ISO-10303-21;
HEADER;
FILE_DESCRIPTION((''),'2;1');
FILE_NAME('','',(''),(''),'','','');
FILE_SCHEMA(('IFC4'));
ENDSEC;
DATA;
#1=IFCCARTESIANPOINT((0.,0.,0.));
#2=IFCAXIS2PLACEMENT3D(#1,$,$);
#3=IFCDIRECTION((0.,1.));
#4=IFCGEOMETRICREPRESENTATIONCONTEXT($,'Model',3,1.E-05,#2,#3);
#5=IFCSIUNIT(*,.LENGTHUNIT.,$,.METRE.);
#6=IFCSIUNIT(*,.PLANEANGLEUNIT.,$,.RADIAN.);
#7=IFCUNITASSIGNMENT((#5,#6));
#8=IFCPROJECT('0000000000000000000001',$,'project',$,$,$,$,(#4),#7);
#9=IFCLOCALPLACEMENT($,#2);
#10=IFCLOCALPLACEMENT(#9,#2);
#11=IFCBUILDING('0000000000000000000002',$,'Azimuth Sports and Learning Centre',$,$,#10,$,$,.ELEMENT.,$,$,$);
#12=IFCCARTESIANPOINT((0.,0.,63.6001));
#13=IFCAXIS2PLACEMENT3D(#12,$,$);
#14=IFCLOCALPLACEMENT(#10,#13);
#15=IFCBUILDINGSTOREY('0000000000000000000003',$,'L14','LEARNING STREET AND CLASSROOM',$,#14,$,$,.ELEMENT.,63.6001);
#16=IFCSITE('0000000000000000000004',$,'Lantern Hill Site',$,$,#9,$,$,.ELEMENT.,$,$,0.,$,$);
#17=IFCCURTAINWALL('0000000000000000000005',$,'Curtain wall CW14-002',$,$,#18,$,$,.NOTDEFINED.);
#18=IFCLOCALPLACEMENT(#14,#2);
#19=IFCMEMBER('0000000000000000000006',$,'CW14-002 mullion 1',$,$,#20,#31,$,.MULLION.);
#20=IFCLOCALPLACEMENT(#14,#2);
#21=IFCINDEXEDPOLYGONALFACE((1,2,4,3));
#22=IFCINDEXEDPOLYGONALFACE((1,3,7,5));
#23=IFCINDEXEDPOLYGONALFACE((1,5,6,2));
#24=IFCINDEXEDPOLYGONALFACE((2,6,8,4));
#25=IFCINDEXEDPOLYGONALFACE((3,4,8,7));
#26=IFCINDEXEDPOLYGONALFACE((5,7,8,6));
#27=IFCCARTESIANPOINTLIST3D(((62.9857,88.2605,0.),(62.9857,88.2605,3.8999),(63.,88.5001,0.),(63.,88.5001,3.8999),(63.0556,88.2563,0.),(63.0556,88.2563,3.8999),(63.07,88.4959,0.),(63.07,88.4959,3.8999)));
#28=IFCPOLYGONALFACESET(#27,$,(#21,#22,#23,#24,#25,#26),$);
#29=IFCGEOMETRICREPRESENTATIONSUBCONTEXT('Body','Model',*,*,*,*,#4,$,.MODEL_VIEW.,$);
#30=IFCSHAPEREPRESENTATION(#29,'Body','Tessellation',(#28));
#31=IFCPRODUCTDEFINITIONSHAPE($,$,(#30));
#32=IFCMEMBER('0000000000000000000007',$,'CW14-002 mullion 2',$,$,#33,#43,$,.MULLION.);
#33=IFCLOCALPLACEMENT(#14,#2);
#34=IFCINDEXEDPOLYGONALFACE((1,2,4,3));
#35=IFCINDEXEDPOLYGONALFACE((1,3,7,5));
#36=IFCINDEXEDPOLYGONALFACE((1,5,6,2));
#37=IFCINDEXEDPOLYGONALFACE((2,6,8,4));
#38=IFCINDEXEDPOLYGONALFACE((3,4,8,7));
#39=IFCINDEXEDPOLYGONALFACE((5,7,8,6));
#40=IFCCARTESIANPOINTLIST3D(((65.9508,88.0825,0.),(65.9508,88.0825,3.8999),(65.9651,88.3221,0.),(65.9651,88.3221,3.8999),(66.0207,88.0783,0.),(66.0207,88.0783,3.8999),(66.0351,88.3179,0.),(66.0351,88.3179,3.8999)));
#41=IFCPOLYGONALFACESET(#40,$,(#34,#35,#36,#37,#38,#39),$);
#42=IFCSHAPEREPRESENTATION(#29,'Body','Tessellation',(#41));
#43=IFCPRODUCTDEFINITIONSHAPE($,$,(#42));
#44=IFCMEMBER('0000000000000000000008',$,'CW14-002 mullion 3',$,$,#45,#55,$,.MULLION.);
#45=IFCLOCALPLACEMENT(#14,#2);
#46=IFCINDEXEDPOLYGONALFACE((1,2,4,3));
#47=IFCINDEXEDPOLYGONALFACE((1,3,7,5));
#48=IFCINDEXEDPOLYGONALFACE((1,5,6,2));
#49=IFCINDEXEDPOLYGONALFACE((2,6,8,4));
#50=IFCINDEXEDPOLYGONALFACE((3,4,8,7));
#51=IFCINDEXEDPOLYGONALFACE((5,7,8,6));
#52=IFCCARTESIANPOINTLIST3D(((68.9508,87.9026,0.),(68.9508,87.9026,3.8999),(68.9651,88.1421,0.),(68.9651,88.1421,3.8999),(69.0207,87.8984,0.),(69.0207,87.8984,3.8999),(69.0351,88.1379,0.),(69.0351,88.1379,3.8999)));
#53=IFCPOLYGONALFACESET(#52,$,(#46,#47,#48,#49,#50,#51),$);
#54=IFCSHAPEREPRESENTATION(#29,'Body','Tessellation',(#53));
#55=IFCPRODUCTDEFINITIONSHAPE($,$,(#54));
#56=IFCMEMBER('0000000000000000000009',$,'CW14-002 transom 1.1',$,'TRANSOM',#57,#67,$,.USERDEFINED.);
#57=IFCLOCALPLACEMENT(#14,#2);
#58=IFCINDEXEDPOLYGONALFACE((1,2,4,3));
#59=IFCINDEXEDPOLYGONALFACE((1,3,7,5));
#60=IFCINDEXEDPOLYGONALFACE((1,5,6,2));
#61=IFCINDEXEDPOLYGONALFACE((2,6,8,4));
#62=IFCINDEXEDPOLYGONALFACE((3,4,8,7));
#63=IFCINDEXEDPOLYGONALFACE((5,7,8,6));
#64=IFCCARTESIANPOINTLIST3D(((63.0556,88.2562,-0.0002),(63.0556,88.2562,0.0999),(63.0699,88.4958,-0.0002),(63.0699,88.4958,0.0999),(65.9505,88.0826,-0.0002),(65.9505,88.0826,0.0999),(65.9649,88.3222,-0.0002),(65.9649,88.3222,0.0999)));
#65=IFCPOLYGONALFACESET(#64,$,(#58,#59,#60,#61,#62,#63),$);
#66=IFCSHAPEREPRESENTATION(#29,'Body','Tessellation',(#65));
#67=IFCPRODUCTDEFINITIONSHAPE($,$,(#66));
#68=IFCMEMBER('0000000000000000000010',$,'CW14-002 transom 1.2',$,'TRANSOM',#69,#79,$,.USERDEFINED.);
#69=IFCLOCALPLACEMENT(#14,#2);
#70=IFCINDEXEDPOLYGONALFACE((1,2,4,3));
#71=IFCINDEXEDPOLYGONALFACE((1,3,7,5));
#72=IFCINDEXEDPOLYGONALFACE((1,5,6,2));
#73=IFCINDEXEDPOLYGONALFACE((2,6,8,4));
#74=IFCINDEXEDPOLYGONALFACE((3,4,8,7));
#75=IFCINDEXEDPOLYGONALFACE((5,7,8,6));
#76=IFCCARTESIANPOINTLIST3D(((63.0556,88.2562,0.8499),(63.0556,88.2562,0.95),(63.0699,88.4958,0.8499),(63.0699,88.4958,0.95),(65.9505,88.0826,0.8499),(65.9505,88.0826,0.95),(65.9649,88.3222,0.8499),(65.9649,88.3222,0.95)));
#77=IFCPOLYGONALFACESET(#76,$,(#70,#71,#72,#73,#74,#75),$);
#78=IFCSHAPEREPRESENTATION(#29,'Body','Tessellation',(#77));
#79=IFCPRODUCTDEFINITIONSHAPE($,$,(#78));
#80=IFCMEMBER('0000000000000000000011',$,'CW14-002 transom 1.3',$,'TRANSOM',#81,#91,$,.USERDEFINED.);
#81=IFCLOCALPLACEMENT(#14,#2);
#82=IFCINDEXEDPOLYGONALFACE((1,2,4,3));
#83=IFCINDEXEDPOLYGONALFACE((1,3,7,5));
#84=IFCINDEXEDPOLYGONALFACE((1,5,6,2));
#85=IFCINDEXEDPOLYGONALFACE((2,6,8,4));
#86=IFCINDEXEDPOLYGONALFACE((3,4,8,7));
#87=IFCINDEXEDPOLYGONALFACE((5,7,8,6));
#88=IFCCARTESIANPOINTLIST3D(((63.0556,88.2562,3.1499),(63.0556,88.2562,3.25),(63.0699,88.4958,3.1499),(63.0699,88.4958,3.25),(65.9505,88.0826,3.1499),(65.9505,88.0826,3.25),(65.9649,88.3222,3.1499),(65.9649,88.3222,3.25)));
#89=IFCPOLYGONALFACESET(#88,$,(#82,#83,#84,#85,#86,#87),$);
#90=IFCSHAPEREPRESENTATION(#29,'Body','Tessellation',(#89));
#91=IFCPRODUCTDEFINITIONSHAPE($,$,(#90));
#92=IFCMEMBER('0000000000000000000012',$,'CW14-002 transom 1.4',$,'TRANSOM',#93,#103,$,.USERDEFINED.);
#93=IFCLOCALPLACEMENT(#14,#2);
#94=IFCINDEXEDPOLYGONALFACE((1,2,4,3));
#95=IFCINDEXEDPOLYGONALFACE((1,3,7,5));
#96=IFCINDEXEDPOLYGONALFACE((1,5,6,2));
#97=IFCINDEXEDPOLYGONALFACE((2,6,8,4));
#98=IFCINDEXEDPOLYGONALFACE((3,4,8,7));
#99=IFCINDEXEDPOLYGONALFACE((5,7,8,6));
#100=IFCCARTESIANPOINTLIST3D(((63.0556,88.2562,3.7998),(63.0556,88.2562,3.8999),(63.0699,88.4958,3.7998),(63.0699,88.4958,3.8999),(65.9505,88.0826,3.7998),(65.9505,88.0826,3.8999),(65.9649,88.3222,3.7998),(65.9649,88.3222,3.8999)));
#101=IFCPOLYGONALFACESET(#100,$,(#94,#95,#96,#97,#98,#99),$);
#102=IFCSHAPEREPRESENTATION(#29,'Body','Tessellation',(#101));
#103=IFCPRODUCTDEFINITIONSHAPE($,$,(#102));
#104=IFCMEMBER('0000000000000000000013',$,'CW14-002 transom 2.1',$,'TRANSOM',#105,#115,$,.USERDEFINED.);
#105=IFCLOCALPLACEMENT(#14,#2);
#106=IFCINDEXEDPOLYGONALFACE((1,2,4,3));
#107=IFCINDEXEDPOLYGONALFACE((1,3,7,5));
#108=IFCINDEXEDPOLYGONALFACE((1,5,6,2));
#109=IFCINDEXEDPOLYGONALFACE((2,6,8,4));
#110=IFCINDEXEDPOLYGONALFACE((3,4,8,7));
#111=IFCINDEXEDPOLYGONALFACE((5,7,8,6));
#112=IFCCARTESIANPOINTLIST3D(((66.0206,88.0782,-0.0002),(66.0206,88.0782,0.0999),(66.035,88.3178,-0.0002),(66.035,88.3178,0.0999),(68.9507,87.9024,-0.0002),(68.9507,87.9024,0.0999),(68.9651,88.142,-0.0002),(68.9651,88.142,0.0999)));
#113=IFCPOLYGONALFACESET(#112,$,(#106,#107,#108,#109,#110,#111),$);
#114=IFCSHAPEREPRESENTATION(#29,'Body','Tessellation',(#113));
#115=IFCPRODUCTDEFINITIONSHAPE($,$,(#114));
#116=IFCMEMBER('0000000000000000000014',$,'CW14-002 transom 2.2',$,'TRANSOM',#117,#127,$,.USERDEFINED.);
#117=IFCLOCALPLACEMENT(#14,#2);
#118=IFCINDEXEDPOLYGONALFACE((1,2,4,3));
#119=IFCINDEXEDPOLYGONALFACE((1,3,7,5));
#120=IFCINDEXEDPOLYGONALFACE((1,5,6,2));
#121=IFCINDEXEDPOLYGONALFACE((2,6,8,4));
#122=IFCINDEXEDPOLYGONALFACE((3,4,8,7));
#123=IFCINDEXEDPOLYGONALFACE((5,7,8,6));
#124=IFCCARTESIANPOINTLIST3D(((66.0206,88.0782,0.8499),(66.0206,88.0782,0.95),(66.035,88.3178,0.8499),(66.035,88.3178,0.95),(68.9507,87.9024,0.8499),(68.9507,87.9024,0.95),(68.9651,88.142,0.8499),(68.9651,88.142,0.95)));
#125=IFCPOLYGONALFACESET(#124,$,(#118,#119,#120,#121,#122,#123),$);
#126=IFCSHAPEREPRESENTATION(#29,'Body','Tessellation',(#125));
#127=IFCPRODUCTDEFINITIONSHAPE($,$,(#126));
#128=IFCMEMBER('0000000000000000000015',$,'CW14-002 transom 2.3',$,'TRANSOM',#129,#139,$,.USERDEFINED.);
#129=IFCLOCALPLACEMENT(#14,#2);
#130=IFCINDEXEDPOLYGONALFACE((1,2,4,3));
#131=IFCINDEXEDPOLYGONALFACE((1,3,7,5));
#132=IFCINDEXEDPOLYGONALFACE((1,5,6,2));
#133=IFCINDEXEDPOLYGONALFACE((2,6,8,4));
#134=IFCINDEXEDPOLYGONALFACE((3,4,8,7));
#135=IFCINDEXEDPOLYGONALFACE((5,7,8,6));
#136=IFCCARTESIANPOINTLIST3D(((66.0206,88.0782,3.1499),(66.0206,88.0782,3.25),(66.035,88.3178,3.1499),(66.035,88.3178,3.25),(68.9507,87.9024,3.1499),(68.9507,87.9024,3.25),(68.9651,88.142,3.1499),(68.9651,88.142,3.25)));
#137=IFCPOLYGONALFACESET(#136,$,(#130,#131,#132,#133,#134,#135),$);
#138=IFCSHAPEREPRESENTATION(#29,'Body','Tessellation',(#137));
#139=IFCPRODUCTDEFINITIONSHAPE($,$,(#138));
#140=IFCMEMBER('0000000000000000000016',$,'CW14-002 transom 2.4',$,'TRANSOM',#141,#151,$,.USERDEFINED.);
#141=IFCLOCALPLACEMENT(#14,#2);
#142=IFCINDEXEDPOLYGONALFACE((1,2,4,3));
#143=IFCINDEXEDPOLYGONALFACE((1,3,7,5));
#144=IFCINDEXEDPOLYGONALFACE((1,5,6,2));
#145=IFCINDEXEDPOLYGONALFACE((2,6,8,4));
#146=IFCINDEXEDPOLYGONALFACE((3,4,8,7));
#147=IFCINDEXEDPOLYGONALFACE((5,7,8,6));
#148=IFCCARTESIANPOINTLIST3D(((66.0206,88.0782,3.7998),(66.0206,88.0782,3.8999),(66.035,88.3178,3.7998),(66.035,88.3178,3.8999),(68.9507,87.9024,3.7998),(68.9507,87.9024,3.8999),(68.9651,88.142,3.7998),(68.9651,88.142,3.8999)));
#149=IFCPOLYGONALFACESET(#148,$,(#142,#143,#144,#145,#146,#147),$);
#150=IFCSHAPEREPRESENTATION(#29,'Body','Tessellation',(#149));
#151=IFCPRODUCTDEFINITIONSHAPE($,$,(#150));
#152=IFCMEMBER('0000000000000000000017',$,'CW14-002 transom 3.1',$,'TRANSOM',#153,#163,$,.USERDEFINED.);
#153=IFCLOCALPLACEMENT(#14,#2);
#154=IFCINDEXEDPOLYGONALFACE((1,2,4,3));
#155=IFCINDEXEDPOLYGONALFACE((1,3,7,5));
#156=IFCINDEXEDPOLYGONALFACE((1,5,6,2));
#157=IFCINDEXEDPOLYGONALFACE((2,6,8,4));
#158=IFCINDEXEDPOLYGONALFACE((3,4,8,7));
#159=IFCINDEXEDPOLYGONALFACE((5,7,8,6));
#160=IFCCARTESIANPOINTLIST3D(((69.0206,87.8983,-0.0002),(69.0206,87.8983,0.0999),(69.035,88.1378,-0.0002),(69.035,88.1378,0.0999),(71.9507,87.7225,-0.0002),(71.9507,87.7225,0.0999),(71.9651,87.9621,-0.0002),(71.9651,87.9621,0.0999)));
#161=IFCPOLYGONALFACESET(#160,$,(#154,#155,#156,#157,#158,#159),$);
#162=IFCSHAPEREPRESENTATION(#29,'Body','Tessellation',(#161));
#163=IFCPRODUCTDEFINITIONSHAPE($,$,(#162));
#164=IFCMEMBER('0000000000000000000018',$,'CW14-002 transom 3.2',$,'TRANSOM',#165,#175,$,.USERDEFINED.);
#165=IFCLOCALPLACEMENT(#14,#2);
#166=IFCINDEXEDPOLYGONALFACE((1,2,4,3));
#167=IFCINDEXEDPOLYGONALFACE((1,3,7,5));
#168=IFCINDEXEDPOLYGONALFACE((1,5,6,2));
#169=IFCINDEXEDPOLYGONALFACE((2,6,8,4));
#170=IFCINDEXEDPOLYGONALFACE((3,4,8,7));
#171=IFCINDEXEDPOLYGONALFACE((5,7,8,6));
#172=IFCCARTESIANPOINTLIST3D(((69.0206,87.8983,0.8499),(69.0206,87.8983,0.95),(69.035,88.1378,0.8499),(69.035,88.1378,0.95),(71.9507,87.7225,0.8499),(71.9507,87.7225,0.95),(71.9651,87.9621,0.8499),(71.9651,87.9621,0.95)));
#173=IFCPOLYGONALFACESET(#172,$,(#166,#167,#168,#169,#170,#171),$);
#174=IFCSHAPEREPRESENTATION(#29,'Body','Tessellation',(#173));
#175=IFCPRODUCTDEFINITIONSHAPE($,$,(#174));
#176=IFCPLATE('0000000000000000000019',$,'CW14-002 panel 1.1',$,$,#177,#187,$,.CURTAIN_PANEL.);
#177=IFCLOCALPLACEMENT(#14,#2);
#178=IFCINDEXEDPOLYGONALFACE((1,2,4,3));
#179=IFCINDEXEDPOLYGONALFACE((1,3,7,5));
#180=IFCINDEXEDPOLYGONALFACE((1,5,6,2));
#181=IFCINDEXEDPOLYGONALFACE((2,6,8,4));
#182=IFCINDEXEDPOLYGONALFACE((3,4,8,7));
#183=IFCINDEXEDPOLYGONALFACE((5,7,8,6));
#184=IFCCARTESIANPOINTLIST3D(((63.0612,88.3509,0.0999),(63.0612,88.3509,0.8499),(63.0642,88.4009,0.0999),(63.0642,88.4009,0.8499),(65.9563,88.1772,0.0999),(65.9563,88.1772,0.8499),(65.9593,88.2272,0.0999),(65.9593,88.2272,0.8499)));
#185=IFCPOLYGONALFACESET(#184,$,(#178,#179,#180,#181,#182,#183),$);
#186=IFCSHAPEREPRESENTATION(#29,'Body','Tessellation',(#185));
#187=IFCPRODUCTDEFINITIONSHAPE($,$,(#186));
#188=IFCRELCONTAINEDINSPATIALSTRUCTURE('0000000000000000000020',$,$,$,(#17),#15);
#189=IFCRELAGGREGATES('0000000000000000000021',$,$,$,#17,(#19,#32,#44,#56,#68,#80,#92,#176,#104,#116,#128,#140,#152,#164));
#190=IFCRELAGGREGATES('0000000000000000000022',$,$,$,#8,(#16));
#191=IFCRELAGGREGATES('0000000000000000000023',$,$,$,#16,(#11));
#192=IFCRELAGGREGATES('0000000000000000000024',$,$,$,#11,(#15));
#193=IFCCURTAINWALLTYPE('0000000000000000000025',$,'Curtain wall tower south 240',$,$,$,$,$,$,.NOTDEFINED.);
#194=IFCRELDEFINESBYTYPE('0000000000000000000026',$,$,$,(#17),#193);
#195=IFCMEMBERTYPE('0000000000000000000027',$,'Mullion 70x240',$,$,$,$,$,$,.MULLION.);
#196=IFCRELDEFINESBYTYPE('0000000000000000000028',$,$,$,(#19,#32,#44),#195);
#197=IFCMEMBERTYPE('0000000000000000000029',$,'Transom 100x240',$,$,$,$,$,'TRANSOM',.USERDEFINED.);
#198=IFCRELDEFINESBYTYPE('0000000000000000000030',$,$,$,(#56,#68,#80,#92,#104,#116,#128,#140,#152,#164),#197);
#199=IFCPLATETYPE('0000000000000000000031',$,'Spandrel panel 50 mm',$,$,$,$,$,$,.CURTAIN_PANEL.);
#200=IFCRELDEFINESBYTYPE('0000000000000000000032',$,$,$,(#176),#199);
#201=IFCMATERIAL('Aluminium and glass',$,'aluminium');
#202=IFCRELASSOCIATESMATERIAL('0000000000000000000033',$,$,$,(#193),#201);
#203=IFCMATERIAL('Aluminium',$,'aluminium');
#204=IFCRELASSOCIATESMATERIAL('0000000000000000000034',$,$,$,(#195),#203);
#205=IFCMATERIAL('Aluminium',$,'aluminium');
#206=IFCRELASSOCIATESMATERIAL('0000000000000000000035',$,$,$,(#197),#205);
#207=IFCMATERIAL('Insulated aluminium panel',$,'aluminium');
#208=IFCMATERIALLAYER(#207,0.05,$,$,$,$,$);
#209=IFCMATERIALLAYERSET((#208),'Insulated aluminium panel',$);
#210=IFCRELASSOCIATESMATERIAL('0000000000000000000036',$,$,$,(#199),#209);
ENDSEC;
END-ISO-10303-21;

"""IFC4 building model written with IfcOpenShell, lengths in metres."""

from ifc_helpers import new_model, si_unit, direction, frame, origin, origin_2d, place, context, subcontext, project, spatial, rectangle, extrude, material, layer, layer_set, material_profile, profile_set, type_object, element, aggregate, save


model = new_model("IFC4")

# Units and contexts
model_context = context("Model", 3, precision=1e-05, world=origin(), true_north=direction((0.0, 1.0)))
body_context = subcontext(model_context, "Body", "Model", "MODEL_VIEW")
ifc_project = project(units=[si_unit("LENGTHUNIT", "METRE"), si_unit("PLANEANGLEUNIT", "RADIAN")], contexts=[model_context])

# Site, building, storey
site_placement = place(None, origin())
site = spatial("IfcSite", under=ifc_project, at=site_placement, Name="Lantern Hill Site", CompositionType="ELEMENT", RefElevation=0.0)
building_placement = place(site_placement, origin())
building = spatial("IfcBuilding", under=site, at=building_placement, Name="Azimuth Sports and Learning Centre", CompositionType="ELEMENT")
storey_placement = place(building_placement, frame((0.0, 0.0, 63.6001)))
storey = spatial("IfcBuildingStorey", under=building, at=storey_placement, Name="L14", Description="LEARNING STREET AND CLASSROOM", CompositionType="ELEMENT", Elevation=63.6001)

# Curtain wall, members, plate
ifc_material_1 = material(Name="Aluminium and glass", Category="aluminium")
curtain_wall_type = type_object("IfcCurtainWallType", Name="Curtain wall tower south 240", PredefinedType="NOTDEFINED", material=ifc_material_1)
curtain_wall_placement = place(storey_placement, origin())
curtain_wall = element("IfcCurtainWall", 1, at=curtain_wall_placement, inside=storey, type_object=curtain_wall_type, Name="Curtain wall CW14-002", PredefinedType="NOTDEFINED")
ifc_material_2 = material(Name="Aluminium", Category="aluminium")
ifc_material_profile_1 = material_profile(ifc_material_2, rectangle(XDim=0.24, YDim=0.0701, at=origin_2d()), Name="Mullion 70x240")
ifc_profile_set_1 = profile_set([ifc_material_profile_1], Name="Aluminium")
member_type_1 = type_object("IfcMemberType", Name="Mullion 70x240", PredefinedType="MULLION", material=ifc_profile_set_1)
member_1_placement = place(storey_placement, frame((63.0278, 88.3782, 0.0), z_axis=(0.0, 0.0, 1.0), x_axis=(0.059892, 0.998205, 0.0)))
member_1 = element("IfcMember", 2, at=member_1_placement, type_object=member_type_1, Name="CW14-002 mullion 1", PredefinedType="MULLION", context=body_context, shape_type="SweptSolid", body=[
    extrude(rectangle(XDim=0.24, YDim=0.0701, at=origin_2d()), origin(), (0.0, 0.0, 1.0), 3.8999),
])
member_2_placement = place(storey_placement, frame((65.9929, 88.2002, 0.0), z_axis=(0.0, 0.0, 1.0), x_axis=(0.059892, 0.998205, 0.0)))
member_2 = element("IfcMember", 3, at=member_2_placement, type_object=member_type_1, Name="CW14-002 mullion 2", PredefinedType="MULLION", context=body_context, shape_type="SweptSolid", body=[
    extrude(rectangle(XDim=0.24, YDim=0.0701, at=origin_2d()), origin(), (0.0, 0.0, 1.0), 3.8999),
])
member_3_placement = place(storey_placement, frame((68.9929, 88.0203, 0.0), z_axis=(0.0, 0.0, 1.0), x_axis=(0.059892, 0.998205, 0.0)))
member_3 = element("IfcMember", 4, at=member_3_placement, type_object=member_type_1, Name="CW14-002 mullion 3", PredefinedType="MULLION", context=body_context, shape_type="SweptSolid", body=[
    extrude(rectangle(XDim=0.24, YDim=0.0701, at=origin_2d()), origin(), (0.0, 0.0, 1.0), 3.8999),
])
ifc_material_3 = material(Name="Aluminium", Category="aluminium")
ifc_material_profile_2 = material_profile(ifc_material_3, rectangle(XDim=0.24, YDim=0.1001, at=origin_2d()), Name="Transom 100x240")
ifc_profile_set_2 = profile_set([ifc_material_profile_2], Name="Aluminium")
member_type_2 = type_object("IfcMemberType", Name="Transom 100x240", ElementType="TRANSOM", PredefinedType="USERDEFINED", material=ifc_profile_set_2)
member_4_placement = place(storey_placement, frame((63.0627, 88.376, 0.0498), z_axis=(0.998207, -0.059852, 0.0), x_axis=(0.059852, 0.998207, 0.0)))
member_4 = element("IfcMember", 5, at=member_4_placement, type_object=member_type_2, Name="CW14-002 transom 1.1", ObjectType="TRANSOM", PredefinedType="USERDEFINED", context=body_context, shape_type="SweptSolid", body=[
    extrude(rectangle(XDim=0.24, YDim=0.1001, at=origin_2d()), origin(), (0.0, 0.0, 1.0), 2.9001),
])
member_5_placement = place(storey_placement, frame((63.0627, 88.376, 0.8999), z_axis=(0.998207, -0.059852, 0.0), x_axis=(0.059852, 0.998207, 0.0)))
member_5 = element("IfcMember", 6, at=member_5_placement, type_object=member_type_2, Name="CW14-002 transom 1.2", ObjectType="TRANSOM", PredefinedType="USERDEFINED", context=body_context, shape_type="SweptSolid", body=[
    extrude(rectangle(XDim=0.24, YDim=0.1001, at=origin_2d()), origin(), (0.0, 0.0, 1.0), 2.9001),
])
member_6_placement = place(storey_placement, frame((63.0627, 88.376, 3.2), z_axis=(0.998207, -0.059852, 0.0), x_axis=(0.059852, 0.998207, 0.0)))
member_6 = element("IfcMember", 7, at=member_6_placement, type_object=member_type_2, Name="CW14-002 transom 1.3", ObjectType="TRANSOM", PredefinedType="USERDEFINED", context=body_context, shape_type="SweptSolid", body=[
    extrude(rectangle(XDim=0.24, YDim=0.1001, at=origin_2d()), origin(), (0.0, 0.0, 1.0), 2.9001),
])
member_7_placement = place(storey_placement, frame((63.0627, 88.376, 3.8499), z_axis=(0.998207, -0.059852, 0.0), x_axis=(0.059852, 0.998207, 0.0)))
member_7 = element("IfcMember", 8, at=member_7_placement, type_object=member_type_2, Name="CW14-002 transom 1.4", ObjectType="TRANSOM", PredefinedType="USERDEFINED", context=body_context, shape_type="SweptSolid", body=[
    extrude(rectangle(XDim=0.24, YDim=0.1001, at=origin_2d()), origin(), (0.0, 0.0, 1.0), 2.9001),
])
member_8_placement = place(storey_placement, frame((66.0278, 88.198, 0.0498), z_axis=(0.998205, -0.059887, 0.0), x_axis=(0.059887, 0.998205, 0.0)))
member_8 = element("IfcMember", 9, at=member_8_placement, type_object=member_type_2, Name="CW14-002 transom 2.1", ObjectType="TRANSOM", PredefinedType="USERDEFINED", context=body_context, shape_type="SweptSolid", body=[
    extrude(rectangle(XDim=0.24, YDim=0.1001, at=origin_2d()), origin(), (0.0, 0.0, 1.0), 2.9353),
])
member_9_placement = place(storey_placement, frame((66.0278, 88.198, 0.8999), z_axis=(0.998205, -0.059887, 0.0), x_axis=(0.059887, 0.998205, 0.0)))
member_9 = element("IfcMember", 10, at=member_9_placement, type_object=member_type_2, Name="CW14-002 transom 2.2", ObjectType="TRANSOM", PredefinedType="USERDEFINED", context=body_context, shape_type="SweptSolid", body=[
    extrude(rectangle(XDim=0.24, YDim=0.1001, at=origin_2d()), origin(), (0.0, 0.0, 1.0), 2.9353),
])
member_10_placement = place(storey_placement, frame((66.0278, 88.198, 3.2), z_axis=(0.998205, -0.059887, 0.0), x_axis=(0.059887, 0.998205, 0.0)))
member_10 = element("IfcMember", 11, at=member_10_placement, type_object=member_type_2, Name="CW14-002 transom 2.3", ObjectType="TRANSOM", PredefinedType="USERDEFINED", context=body_context, shape_type="SweptSolid", body=[
    extrude(rectangle(XDim=0.24, YDim=0.1001, at=origin_2d()), origin(), (0.0, 0.0, 1.0), 2.9353),
])
member_11_placement = place(storey_placement, frame((66.0278, 88.198, 3.8499), z_axis=(0.998205, -0.059887, 0.0), x_axis=(0.059887, 0.998205, 0.0)))
member_11 = element("IfcMember", 12, at=member_11_placement, type_object=member_type_2, Name="CW14-002 transom 2.4", ObjectType="TRANSOM", PredefinedType="USERDEFINED", context=body_context, shape_type="SweptSolid", body=[
    extrude(rectangle(XDim=0.24, YDim=0.1001, at=origin_2d()), origin(), (0.0, 0.0, 1.0), 2.9353),
])
member_12_placement = place(storey_placement, frame((69.0278, 88.0181, 0.0498), z_axis=(0.998205, -0.059887, 0.0), x_axis=(0.059887, 0.998205, 0.0)))
member_12 = element("IfcMember", 13, at=member_12_placement, type_object=member_type_2, Name="CW14-002 transom 3.1", ObjectType="TRANSOM", PredefinedType="USERDEFINED", context=body_context, shape_type="SweptSolid", body=[
    extrude(rectangle(XDim=0.24, YDim=0.1001, at=origin_2d()), origin(), (0.0, 0.0, 1.0), 2.9353),
])
member_13_placement = place(storey_placement, frame((69.0278, 88.0181, 0.8999), z_axis=(0.998205, -0.059887, 0.0), x_axis=(0.059887, 0.998205, 0.0)))
member_13 = element("IfcMember", 14, at=member_13_placement, type_object=member_type_2, Name="CW14-002 transom 3.2", ObjectType="TRANSOM", PredefinedType="USERDEFINED", context=body_context, shape_type="SweptSolid", body=[
    extrude(rectangle(XDim=0.24, YDim=0.1001, at=origin_2d()), origin(), (0.0, 0.0, 1.0), 2.9353),
])
ifc_material_4 = material(Name="Insulated aluminium panel", Category="aluminium")
ifc_layer_1 = layer(ifc_material_4, 0.05)
ifc_layer_set_1 = layer_set([ifc_layer_1], Name="Insulated aluminium panel")
plate_type_1 = type_object("IfcPlateType", Name="Spandrel panel 50 mm", PredefinedType="CURTAIN_PANEL", material=ifc_layer_set_1)
plate_1_placement = place(storey_placement, frame((64.5103, 88.2891, 0.0999), z_axis=(0.0, 0.0, 1.0), x_axis=(0.998205, -0.059892, 0.0)))
plate_1 = element("IfcPlate", 15, at=plate_1_placement, type_object=plate_type_1, Name="CW14-002 panel 1.1", PredefinedType="CURTAIN_PANEL", context=body_context, shape_type="SweptSolid", body=[
    extrude(rectangle(XDim=2.9004, YDim=0.05, at=origin_2d()), origin(), (0.0, 0.0, 1.0), 0.75),
])
aggregate(curtain_wall, [member_1, member_2, member_3, member_4, member_5, member_6, member_7, plate_1, member_8, member_9, member_10, member_11, member_12, member_13])

save(model, "model.ifc")
